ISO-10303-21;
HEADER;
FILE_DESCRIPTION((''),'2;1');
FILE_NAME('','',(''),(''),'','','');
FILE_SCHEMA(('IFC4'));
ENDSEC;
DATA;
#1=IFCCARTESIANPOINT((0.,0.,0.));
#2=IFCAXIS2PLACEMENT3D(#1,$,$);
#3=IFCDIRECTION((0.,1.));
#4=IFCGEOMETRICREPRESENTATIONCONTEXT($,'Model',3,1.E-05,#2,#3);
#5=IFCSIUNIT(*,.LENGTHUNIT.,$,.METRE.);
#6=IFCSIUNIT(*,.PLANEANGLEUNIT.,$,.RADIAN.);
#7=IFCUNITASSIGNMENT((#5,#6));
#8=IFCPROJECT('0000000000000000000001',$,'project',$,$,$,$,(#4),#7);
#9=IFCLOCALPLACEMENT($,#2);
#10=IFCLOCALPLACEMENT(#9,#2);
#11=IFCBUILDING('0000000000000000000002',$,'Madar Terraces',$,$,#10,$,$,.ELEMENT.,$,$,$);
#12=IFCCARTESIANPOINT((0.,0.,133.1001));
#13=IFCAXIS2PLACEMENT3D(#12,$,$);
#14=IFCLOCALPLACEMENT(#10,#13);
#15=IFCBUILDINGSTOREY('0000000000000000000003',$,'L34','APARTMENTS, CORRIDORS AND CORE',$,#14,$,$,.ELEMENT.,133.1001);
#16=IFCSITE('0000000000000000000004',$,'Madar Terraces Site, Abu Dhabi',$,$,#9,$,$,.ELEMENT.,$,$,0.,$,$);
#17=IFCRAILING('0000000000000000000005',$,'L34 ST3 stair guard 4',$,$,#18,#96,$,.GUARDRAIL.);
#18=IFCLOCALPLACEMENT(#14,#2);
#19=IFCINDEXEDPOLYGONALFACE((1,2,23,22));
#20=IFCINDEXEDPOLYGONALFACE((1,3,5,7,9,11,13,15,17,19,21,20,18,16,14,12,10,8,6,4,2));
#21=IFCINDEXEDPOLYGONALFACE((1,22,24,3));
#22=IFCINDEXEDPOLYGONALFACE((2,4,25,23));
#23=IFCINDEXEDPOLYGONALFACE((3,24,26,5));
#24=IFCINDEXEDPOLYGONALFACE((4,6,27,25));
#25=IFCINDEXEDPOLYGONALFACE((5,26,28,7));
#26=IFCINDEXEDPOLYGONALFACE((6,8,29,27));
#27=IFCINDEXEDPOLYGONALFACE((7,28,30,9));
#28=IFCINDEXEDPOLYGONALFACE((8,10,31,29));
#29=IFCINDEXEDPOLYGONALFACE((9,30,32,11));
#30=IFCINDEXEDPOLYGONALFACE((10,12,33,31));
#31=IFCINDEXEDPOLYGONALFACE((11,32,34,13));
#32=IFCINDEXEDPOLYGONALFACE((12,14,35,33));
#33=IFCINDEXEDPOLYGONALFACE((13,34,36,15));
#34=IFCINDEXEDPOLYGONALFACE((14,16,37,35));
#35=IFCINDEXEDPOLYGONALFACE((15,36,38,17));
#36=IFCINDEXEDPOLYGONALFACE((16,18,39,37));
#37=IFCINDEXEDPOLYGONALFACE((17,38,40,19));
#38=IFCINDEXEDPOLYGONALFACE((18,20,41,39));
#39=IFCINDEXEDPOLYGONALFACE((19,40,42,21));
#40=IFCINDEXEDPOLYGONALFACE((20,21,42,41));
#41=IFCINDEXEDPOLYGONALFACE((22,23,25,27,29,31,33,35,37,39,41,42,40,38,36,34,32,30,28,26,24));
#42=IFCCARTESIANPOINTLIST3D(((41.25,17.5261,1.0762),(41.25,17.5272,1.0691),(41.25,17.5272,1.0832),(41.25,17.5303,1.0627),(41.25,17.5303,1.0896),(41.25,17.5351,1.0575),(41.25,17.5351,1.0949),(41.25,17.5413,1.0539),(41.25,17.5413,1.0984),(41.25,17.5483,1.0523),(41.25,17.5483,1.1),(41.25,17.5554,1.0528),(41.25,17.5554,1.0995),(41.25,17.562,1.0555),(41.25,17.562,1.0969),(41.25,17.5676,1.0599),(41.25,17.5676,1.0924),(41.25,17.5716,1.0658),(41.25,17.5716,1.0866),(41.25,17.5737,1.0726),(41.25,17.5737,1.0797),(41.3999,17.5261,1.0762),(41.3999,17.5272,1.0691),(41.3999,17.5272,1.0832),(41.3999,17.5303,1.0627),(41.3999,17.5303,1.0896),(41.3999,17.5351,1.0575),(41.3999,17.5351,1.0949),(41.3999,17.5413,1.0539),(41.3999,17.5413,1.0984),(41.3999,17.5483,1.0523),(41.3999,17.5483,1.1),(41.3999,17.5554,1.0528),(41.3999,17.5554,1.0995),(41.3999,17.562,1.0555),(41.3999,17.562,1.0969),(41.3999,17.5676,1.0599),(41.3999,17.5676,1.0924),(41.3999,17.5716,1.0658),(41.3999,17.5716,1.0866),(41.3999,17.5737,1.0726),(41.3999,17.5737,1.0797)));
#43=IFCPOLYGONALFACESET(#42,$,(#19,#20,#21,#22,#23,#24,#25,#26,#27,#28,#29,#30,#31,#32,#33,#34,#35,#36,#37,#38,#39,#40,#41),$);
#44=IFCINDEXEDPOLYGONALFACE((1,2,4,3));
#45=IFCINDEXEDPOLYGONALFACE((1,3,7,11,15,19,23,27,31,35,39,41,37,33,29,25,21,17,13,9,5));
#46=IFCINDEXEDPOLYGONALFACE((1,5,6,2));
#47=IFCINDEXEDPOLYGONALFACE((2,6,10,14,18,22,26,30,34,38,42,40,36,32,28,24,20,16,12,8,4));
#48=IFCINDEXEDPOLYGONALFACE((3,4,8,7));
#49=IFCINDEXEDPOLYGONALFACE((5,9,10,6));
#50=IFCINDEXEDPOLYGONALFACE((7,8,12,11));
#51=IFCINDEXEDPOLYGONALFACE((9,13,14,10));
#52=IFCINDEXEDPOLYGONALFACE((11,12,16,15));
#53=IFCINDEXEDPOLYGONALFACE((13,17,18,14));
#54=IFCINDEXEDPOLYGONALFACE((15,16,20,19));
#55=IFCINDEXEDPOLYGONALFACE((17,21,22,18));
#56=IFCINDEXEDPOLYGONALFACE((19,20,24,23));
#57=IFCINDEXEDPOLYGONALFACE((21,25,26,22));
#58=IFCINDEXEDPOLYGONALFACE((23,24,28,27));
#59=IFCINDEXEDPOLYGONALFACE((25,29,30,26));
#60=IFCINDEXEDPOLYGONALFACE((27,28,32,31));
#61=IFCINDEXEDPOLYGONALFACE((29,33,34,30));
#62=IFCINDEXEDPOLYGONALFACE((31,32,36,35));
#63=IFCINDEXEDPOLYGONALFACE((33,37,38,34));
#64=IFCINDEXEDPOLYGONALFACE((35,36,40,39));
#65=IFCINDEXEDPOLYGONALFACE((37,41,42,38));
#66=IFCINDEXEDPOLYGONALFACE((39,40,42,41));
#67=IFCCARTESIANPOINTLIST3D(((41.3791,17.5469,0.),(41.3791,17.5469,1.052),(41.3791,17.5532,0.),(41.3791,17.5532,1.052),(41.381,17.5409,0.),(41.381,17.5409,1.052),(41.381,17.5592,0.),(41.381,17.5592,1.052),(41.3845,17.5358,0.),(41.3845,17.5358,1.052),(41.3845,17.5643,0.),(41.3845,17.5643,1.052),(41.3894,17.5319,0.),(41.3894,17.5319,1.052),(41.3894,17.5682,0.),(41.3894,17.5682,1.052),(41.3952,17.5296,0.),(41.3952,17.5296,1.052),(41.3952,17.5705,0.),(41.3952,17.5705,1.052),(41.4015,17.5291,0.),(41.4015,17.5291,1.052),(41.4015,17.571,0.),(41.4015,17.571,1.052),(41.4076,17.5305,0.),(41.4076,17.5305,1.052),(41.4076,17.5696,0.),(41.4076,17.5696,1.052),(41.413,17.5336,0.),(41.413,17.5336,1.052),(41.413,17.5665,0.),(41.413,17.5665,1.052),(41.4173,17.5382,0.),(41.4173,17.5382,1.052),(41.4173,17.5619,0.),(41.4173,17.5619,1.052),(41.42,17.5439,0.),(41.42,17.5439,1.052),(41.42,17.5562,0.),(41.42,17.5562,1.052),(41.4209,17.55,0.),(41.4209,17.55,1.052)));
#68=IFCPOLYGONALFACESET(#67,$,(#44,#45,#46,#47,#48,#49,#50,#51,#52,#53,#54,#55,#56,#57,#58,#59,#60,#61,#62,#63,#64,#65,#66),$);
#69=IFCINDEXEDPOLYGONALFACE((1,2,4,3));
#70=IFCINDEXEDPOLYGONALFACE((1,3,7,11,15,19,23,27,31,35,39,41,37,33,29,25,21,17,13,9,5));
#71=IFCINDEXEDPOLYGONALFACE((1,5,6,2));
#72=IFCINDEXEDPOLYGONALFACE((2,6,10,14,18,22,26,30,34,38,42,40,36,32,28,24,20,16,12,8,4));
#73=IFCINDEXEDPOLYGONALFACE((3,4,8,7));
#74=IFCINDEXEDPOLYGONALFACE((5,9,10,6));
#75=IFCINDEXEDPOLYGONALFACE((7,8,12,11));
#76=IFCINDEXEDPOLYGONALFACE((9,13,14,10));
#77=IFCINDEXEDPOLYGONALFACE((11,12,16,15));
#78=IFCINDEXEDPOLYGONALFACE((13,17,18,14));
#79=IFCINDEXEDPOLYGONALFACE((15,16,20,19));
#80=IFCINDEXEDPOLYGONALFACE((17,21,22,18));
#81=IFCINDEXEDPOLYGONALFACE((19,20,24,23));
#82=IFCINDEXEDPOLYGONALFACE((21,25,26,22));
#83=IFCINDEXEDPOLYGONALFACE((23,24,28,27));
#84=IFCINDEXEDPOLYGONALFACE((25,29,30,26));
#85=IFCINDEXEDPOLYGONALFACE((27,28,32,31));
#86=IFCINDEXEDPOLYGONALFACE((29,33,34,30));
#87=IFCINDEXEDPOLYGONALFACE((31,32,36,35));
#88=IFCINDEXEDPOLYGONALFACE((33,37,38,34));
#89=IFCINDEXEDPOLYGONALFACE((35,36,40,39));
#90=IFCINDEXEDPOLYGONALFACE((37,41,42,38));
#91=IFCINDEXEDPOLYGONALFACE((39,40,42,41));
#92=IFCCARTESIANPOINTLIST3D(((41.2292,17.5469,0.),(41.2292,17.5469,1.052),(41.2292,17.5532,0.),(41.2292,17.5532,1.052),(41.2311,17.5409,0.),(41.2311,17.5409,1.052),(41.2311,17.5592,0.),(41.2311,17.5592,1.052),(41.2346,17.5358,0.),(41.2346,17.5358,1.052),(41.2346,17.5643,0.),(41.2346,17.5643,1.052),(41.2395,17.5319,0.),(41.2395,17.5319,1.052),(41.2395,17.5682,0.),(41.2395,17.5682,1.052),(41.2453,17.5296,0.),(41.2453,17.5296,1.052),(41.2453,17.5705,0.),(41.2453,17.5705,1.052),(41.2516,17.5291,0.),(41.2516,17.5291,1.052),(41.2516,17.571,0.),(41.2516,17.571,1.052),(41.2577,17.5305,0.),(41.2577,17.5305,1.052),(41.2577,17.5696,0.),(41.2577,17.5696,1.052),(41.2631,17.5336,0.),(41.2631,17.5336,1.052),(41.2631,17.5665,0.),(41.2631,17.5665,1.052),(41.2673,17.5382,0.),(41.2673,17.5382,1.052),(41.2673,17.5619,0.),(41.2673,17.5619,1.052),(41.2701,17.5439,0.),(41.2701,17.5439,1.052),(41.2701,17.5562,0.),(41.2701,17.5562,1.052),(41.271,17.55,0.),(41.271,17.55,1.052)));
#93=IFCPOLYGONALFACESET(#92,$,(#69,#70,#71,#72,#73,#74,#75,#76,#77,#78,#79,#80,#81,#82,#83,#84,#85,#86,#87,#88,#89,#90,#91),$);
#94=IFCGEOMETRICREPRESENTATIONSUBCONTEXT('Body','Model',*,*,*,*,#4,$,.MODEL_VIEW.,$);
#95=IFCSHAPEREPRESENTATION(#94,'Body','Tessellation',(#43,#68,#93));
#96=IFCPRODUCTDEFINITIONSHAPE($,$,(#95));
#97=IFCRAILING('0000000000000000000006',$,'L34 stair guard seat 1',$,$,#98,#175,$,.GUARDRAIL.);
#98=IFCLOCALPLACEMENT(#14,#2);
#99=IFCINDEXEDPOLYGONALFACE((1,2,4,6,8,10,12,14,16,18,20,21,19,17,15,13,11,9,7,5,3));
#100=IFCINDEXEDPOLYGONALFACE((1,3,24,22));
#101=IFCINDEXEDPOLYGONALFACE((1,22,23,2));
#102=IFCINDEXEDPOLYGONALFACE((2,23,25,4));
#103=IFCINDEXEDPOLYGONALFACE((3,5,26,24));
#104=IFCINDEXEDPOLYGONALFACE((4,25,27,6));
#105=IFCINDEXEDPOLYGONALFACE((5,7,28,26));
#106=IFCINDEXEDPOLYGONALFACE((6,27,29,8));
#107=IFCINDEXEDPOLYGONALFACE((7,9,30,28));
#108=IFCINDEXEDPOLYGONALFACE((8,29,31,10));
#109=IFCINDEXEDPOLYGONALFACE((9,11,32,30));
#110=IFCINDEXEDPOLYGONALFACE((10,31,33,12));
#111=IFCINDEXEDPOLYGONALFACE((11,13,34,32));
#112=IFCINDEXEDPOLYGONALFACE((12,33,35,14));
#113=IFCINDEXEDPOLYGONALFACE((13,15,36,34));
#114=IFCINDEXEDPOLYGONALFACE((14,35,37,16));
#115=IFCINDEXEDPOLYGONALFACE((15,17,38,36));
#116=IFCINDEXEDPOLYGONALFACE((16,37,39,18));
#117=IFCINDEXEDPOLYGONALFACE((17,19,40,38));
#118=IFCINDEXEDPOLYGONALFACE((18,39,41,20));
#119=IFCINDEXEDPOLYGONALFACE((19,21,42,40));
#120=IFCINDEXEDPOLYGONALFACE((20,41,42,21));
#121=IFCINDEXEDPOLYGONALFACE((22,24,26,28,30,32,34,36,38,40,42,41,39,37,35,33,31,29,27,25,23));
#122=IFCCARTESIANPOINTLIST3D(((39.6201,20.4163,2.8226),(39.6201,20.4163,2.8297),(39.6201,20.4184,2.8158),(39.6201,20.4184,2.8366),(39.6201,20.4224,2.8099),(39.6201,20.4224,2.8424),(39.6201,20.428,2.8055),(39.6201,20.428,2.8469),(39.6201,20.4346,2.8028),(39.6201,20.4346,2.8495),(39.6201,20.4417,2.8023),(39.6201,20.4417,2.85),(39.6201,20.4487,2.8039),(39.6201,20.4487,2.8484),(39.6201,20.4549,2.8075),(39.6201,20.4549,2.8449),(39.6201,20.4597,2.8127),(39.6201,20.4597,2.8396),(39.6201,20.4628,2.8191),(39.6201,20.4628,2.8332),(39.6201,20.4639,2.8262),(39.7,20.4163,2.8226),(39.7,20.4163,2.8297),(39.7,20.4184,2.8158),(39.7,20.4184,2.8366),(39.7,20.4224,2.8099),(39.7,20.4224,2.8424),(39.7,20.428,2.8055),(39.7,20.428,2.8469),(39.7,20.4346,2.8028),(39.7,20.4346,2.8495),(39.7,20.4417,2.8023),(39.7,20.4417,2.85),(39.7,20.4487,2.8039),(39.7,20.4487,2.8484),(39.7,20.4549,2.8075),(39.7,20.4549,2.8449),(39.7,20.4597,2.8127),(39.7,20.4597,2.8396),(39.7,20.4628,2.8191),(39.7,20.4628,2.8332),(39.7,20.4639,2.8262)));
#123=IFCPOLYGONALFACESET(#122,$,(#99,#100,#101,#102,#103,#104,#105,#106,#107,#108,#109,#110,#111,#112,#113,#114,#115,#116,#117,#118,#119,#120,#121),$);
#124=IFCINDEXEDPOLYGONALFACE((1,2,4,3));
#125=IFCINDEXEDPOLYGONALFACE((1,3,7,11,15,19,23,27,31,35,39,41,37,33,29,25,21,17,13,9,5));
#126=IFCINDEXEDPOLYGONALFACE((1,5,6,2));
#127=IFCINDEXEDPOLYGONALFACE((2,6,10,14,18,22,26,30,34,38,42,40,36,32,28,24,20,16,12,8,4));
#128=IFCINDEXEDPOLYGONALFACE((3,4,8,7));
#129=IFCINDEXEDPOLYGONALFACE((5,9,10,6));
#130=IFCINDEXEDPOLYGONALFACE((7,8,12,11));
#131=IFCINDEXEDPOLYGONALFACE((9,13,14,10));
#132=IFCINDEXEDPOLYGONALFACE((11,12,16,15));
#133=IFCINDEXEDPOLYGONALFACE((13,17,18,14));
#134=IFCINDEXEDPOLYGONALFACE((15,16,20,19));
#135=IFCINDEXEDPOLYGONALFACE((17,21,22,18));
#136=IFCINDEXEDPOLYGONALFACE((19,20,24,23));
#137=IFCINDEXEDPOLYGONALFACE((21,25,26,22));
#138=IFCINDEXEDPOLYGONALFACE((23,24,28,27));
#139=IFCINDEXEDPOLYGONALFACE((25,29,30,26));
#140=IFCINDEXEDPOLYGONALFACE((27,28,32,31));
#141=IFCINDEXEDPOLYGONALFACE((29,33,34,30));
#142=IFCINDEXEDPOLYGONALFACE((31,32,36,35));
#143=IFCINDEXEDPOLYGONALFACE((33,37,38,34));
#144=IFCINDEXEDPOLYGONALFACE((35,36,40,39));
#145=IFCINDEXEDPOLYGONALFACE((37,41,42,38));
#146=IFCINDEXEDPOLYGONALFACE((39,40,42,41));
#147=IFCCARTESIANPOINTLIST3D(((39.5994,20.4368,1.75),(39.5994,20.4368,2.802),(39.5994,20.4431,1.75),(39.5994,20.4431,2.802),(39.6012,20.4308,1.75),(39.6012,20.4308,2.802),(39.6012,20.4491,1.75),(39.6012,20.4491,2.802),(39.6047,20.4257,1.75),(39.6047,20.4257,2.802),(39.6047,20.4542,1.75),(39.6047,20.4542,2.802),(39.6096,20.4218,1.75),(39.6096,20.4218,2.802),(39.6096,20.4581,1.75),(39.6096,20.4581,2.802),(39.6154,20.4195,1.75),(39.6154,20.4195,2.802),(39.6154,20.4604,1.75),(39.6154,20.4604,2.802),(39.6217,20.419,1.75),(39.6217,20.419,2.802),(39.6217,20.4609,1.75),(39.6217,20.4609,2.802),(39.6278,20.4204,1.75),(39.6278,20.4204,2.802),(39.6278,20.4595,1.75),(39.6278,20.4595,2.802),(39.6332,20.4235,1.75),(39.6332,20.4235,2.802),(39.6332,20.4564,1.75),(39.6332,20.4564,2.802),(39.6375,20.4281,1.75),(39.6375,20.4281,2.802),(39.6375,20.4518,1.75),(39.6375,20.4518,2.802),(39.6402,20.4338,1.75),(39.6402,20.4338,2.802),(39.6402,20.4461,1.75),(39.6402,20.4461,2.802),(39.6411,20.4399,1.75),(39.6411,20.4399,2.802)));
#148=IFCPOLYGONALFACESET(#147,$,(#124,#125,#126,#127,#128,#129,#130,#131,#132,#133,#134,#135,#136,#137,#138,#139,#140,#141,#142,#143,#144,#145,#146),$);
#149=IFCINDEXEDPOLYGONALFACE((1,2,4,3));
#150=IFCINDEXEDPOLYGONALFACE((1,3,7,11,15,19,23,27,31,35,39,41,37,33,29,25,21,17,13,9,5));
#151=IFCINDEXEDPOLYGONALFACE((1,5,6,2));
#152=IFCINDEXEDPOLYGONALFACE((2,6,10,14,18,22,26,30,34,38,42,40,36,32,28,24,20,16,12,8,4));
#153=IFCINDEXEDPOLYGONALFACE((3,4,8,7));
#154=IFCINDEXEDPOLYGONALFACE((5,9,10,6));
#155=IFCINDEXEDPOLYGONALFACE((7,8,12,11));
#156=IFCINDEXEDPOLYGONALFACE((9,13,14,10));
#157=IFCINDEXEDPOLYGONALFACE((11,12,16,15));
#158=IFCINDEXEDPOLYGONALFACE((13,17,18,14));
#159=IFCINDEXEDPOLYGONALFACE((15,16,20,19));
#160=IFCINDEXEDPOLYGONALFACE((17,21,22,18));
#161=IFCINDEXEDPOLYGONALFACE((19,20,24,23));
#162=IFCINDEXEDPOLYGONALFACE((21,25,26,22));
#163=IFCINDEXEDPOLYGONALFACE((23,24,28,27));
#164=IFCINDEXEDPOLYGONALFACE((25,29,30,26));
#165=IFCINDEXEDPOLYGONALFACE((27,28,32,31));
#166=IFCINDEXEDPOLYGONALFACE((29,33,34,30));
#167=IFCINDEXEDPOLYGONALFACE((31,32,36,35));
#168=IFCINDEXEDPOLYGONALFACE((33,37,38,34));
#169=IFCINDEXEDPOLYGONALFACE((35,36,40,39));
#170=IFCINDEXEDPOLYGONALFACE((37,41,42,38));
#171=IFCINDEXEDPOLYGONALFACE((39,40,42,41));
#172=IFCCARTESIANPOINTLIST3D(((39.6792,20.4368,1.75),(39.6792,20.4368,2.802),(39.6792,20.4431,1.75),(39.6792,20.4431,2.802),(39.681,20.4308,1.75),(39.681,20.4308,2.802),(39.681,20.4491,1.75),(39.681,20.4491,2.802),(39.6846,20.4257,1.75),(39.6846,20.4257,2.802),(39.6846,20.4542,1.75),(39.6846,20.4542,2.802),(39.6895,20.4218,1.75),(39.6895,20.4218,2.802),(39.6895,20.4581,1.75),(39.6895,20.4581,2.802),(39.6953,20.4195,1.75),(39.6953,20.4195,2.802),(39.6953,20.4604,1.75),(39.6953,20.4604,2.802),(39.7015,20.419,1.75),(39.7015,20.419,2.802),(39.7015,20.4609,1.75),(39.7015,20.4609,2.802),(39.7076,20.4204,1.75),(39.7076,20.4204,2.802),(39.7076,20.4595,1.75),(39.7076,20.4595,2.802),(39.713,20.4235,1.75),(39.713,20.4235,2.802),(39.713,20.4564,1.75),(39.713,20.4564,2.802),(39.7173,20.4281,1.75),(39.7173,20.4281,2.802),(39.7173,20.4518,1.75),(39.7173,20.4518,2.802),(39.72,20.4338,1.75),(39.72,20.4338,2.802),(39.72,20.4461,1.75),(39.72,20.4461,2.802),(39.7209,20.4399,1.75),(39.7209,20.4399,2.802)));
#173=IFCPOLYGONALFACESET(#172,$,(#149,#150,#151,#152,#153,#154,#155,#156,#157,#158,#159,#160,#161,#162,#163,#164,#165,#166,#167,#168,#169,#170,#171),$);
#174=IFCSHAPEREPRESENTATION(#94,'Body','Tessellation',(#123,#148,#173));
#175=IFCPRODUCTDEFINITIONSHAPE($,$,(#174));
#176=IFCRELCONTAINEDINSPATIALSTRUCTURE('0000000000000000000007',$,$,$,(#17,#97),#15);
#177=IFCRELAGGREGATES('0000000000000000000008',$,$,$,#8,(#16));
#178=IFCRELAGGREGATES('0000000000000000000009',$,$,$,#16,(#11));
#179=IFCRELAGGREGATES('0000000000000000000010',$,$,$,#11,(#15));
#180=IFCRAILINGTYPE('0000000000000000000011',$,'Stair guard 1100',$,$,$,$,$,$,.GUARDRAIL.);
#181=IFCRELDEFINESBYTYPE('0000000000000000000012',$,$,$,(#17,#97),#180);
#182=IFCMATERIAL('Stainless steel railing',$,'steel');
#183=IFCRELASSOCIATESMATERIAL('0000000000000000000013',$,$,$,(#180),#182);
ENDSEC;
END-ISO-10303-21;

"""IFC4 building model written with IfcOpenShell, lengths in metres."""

from ifc_helpers import new_model, si_unit, direction, frame, origin, origin_2d, place, context, subcontext, project, spatial, circle, extrude, material, type_object, element, save


model = new_model("IFC4")

# Units and contexts
model_context = context("Model", 3, precision=1e-05, world=origin(), true_north=direction((0.0, 1.0)))
body_context = subcontext(model_context, "Body", "Model", "MODEL_VIEW")
ifc_project = project(units=[si_unit("LENGTHUNIT", "METRE"), si_unit("PLANEANGLEUNIT", "RADIAN")], contexts=[model_context])

# Site, building, storey
site_placement = place(None, origin())
site = spatial("IfcSite", under=ifc_project, at=site_placement, Name="Madar Terraces Site, Abu Dhabi", CompositionType="ELEMENT", RefElevation=0.0)
building_placement = place(site_placement, origin())
building = spatial("IfcBuilding", under=site, at=building_placement, Name="Madar Terraces", CompositionType="ELEMENT")
storey_placement = place(building_placement, frame((0.0, 0.0, 133.1001)))
storey = spatial("IfcBuildingStorey", under=building, at=storey_placement, Name="L34", Description="APARTMENTS, CORRIDORS AND CORE", CompositionType="ELEMENT", Elevation=133.1001)

# Railings
ifc_material_1 = material(Name="Stainless steel railing", Category="steel")
railing_type_1 = type_object("IfcRailingType", Name="Stair guard 1100", PredefinedType="GUARDRAIL", material=ifc_material_1)
railing_1_placement = place(storey_placement, frame((41.3999, 17.55, 0.0)))
element("IfcRailing", 1, at=railing_1_placement, inside=storey, type_object=railing_type_1, Name="L34 ST3 stair guard 4", PredefinedType="GUARDRAIL", context=body_context, shape_type="SweptSolid", body=[
    extrude(circle(Radius=0.0239, at=origin_2d()), frame((0.0, 0.0, 1.0762), z_axis=(-1.0, 0.0, 0.0), x_axis=(0.0, -1.0, 0.0)), (0.0, 0.0, 1.0), 0.1499),
    extrude(circle(Radius=0.021, at=origin_2d()), origin(), (0.0, 0.0, 1.0), 1.052),
    extrude(circle(Radius=0.021, at=origin_2d()), frame((-0.1499, 0.0, 0.0)), (0.0, 0.0, 1.0), 1.052),
])
railing_2_placement = place(storey_placement, frame((39.6201, 20.4399, 1.75)))
element("IfcRailing", 2, at=railing_2_placement, inside=storey, type_object=railing_type_1, Name="L34 stair guard seat 1", PredefinedType="GUARDRAIL", context=body_context, shape_type="SweptSolid", body=[
    extrude(circle(Radius=0.0239, at=origin_2d()), frame((0.0, 0.0, 1.0762), z_axis=(1.0, 0.0, 0.0), x_axis=(0.0, 1.0, 0.0)), (0.0, 0.0, 1.0), 0.0798),
    extrude(circle(Radius=0.021, at=origin_2d()), origin(), (0.0, 0.0, 1.0), 1.052),
    extrude(circle(Radius=0.021, at=origin_2d()), frame((0.0798, 0.0, 0.0)), (0.0, 0.0, 1.0), 1.052),
])

save(model, "model.ifc")
